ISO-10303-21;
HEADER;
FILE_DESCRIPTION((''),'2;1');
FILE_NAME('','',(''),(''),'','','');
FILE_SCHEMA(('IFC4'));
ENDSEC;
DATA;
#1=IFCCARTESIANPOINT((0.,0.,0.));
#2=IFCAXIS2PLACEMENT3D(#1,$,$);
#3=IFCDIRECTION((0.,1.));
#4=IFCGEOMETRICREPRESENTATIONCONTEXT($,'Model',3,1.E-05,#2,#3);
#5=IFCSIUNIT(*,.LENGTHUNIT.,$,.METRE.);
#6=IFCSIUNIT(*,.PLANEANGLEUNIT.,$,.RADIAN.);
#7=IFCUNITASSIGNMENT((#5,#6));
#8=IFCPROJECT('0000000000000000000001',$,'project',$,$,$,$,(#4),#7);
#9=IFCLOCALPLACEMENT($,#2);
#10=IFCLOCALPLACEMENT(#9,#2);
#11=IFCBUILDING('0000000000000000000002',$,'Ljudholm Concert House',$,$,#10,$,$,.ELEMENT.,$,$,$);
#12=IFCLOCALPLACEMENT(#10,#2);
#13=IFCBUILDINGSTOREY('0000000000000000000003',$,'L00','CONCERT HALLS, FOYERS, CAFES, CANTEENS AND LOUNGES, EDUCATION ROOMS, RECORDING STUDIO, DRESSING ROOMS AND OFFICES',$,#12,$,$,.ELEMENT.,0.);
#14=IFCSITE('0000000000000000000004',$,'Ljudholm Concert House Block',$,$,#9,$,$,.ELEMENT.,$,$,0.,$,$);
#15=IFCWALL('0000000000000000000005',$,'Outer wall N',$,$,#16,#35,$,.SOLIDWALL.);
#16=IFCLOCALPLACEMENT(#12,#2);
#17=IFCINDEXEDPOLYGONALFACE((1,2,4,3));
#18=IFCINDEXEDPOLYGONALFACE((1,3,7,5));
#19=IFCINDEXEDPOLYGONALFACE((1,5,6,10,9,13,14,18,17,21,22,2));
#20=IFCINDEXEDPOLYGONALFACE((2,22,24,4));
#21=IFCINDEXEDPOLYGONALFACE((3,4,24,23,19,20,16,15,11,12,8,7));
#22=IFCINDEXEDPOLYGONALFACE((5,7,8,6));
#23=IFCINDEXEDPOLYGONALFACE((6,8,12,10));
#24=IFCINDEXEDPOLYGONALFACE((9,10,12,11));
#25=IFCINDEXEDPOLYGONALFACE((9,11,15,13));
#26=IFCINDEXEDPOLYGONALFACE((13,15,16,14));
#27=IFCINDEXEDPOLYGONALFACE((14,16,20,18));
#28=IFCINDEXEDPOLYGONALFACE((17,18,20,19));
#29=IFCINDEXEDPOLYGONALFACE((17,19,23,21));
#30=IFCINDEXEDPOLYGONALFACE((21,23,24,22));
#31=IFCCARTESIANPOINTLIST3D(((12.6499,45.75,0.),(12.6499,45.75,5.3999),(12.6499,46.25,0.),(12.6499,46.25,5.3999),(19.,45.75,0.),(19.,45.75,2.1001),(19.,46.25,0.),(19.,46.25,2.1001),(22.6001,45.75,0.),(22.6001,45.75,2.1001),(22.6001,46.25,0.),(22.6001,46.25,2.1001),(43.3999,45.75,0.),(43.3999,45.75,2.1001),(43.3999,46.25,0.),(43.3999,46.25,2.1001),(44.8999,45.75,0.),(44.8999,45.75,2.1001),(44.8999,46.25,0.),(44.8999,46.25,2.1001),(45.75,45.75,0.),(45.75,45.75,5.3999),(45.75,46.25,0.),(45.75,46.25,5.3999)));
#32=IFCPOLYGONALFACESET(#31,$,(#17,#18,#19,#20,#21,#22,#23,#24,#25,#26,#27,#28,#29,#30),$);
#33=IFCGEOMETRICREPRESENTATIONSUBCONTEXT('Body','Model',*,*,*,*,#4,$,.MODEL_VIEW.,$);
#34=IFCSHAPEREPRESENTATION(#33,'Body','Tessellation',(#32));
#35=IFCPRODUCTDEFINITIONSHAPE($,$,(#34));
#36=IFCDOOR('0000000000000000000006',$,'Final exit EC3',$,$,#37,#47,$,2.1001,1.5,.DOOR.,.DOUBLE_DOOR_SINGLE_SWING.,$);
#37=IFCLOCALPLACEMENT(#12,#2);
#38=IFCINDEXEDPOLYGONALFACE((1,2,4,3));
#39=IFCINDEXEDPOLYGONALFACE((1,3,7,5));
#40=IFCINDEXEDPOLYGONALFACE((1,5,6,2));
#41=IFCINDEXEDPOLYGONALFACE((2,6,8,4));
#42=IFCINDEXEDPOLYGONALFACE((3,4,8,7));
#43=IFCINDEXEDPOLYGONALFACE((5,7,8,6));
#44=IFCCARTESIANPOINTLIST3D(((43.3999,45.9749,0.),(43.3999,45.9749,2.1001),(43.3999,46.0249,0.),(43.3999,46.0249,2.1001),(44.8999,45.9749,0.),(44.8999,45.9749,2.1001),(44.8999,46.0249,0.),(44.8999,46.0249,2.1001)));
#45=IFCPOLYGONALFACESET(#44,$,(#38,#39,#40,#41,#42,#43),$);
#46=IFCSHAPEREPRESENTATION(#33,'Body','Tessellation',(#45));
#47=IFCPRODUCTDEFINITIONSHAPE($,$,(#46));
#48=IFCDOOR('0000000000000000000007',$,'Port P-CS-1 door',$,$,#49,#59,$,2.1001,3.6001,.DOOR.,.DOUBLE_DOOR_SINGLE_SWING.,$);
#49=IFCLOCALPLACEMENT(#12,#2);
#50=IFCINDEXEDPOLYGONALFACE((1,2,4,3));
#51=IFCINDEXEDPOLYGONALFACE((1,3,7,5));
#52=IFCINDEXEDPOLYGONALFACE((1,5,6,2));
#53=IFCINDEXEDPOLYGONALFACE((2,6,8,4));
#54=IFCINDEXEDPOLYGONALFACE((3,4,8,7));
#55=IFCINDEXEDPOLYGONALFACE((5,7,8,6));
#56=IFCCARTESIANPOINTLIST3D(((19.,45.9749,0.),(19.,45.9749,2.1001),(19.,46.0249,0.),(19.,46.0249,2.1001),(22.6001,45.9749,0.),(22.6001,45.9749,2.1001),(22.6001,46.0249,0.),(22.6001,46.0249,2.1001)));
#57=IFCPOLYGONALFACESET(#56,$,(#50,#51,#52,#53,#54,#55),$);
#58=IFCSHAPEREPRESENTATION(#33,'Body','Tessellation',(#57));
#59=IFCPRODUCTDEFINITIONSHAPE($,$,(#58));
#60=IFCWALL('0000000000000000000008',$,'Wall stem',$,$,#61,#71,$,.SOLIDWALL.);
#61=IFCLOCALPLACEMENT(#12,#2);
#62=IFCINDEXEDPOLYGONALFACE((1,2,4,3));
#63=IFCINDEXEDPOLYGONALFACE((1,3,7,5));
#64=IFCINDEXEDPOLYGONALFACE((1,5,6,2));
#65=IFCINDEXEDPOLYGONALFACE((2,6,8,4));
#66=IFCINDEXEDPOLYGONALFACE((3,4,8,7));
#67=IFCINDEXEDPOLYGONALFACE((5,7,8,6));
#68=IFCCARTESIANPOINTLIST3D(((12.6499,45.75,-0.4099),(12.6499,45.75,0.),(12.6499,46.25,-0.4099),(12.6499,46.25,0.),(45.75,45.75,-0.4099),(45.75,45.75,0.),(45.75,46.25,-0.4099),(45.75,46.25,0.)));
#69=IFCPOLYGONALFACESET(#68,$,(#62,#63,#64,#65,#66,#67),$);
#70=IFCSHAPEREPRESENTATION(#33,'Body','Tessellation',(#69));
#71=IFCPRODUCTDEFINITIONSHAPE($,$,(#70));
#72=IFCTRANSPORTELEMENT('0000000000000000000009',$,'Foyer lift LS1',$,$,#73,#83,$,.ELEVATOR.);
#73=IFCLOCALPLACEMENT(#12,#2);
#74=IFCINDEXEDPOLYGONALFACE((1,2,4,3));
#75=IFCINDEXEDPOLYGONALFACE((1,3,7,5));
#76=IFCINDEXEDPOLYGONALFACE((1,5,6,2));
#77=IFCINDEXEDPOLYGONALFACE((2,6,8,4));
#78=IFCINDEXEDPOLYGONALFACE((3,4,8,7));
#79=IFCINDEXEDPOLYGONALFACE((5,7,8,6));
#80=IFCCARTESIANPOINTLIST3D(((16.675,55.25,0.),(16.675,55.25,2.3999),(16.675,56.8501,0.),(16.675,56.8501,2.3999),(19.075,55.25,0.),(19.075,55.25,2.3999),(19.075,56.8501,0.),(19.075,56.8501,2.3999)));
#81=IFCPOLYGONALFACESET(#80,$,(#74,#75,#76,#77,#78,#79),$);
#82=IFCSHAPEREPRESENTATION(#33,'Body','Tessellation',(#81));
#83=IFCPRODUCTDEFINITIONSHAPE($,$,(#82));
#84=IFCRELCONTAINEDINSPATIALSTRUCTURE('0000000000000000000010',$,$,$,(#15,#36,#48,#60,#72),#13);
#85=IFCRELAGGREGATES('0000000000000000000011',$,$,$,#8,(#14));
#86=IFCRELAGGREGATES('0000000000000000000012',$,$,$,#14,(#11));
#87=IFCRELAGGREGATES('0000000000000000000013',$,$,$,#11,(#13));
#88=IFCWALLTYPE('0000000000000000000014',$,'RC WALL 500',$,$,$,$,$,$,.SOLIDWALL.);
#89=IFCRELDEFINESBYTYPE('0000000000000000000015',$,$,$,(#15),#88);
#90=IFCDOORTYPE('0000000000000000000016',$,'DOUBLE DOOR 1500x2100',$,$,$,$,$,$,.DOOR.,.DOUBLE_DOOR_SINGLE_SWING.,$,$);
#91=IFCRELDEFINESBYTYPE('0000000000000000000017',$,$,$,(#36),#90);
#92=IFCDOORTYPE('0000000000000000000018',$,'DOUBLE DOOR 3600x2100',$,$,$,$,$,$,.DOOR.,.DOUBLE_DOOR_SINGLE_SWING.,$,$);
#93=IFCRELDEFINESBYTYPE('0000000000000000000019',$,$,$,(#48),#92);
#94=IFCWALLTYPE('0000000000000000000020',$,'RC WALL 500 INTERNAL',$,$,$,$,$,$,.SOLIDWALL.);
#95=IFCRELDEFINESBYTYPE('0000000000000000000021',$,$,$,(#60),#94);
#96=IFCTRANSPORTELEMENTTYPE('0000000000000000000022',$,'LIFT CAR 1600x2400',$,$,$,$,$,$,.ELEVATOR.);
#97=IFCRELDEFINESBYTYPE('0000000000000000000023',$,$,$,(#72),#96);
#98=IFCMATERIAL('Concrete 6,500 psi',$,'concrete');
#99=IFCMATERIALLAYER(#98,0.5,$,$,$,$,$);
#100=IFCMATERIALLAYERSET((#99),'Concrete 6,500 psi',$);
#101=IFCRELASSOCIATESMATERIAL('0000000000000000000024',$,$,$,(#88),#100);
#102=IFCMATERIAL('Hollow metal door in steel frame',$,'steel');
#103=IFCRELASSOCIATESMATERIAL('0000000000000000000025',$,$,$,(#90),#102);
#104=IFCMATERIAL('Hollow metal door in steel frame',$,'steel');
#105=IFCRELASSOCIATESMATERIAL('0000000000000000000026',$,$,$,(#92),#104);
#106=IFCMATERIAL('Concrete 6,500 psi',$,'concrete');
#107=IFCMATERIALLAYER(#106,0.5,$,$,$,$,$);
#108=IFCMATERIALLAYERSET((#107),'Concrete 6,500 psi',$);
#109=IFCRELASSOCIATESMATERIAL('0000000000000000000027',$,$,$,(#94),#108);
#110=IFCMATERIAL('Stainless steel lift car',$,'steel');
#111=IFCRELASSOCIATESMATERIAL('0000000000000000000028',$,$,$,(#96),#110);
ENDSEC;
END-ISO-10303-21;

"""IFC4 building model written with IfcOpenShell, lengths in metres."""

from ifc_helpers import new_model, si_unit, direction, frame, frame_2d, origin, origin_2d, place, context, subcontext, project, spatial, rectangle, extrude, material, layer, layer_set, type_object, element, fill, save


model = new_model("IFC4")

# Units and contexts
model_context = context("Model", 3, precision=1e-05, world=origin(), true_north=direction((0.0, 1.0)))
body_context = subcontext(model_context, "Body", "Model", "MODEL_VIEW")
ifc_project = project(units=[si_unit("LENGTHUNIT", "METRE"), si_unit("PLANEANGLEUNIT", "RADIAN")], contexts=[model_context])

# Site, building, storey
site_placement = place(None, origin())
site = spatial("IfcSite", under=ifc_project, at=site_placement, Name="Ljudholm Concert House Block", CompositionType="ELEMENT", RefElevation=0.0)
building_placement = place(site_placement, origin())
building = spatial("IfcBuilding", under=site, at=building_placement, Name="Ljudholm Concert House", CompositionType="ELEMENT")
storey_placement = place(building_placement, origin())
storey = spatial("IfcBuildingStorey", under=building, at=storey_placement, Name="L00", Description="CONCERT HALLS, FOYERS, CAFES, CANTEENS AND LOUNGES, EDUCATION ROOMS, RECORDING STUDIO, DRESSING ROOMS AND OFFICES", CompositionType="ELEMENT", Elevation=0.0)

# Wall, openings, doors
ifc_material_1 = material(Name="Concrete 6,500 psi", Category="concrete")
ifc_layer_1 = layer(ifc_material_1, 0.5)
ifc_layer_set_1 = layer_set([ifc_layer_1], Name="Concrete 6,500 psi")
wall_type_1 = type_object("IfcWallType", Name="RC WALL 500", PredefinedType="SOLIDWALL", material=ifc_layer_set_1)
wall_1_placement = place(storey_placement, frame((12.6499, 46.0, 0.0), z_axis=(0.0, 0.0, 1.0), x_axis=(1.0, 0.0, 0.0)))
wall_1 = element("IfcWall", 1, at=wall_1_placement, inside=storey, type_object=wall_type_1, Name="Outer wall N", PredefinedType="SOLIDWALL", context=body_context, shape_type="SweptSolid", body=[
    extrude(rectangle(XDim=33.1001, YDim=0.5, at=frame_2d((16.55, 0.0))), origin(), (0.0, 0.0, 1.0), 5.3999),
])
opening_1_placement = place(wall_1_placement, frame((30.75, 0.0, 0.0)))
opening_1 = element("IfcOpeningElement", 2, at=opening_1_placement, cuts=wall_1, PredefinedType="OPENING", context=body_context, shape_type="SweptSolid", body=[
    extrude(rectangle(XDim=1.5, YDim=2.1001, at=frame_2d((0.75, 1.05))), frame((0.0, 0.26, 0.0), z_axis=(0.0, -1.0, 0.0), x_axis=(1.0, 0.0, 0.0)), (0.0, 0.0, 1.0), 0.52),
])
opening_2_placement = place(wall_1_placement, frame((6.3501, 0.0, 0.0)))
opening_2 = element("IfcOpeningElement", 3, at=opening_2_placement, cuts=wall_1, PredefinedType="OPENING", context=body_context, shape_type="SweptSolid", body=[
    extrude(rectangle(XDim=3.6001, YDim=2.1001, at=frame_2d((1.8, 1.05))), frame((0.0, 0.26, 0.0), z_axis=(0.0, -1.0, 0.0), x_axis=(1.0, 0.0, 0.0)), (0.0, 0.0, 1.0), 0.52),
])
ifc_material_2 = material(Name="Hollow metal door in steel frame", Category="steel")
door_type_1 = type_object("IfcDoorType", Name="DOUBLE DOOR 1500x2100", OperationType="DOUBLE_DOOR_SINGLE_SWING", PredefinedType="DOOR", material=ifc_material_2)
door_1_placement = place(opening_1_placement, origin())
door_1 = element("IfcDoor", 4, at=door_1_placement, inside=storey, type_object=door_type_1, Name="Final exit EC3", OperationType="DOUBLE_DOOR_SINGLE_SWING", OverallHeight=2.1001, OverallWidth=1.5, PredefinedType="DOOR", context=body_context, shape_type="SweptSolid", body=[
    extrude(rectangle(XDim=1.5, YDim=2.1001, at=frame_2d((0.75, 1.05))), frame((0.0, 0.0249, 0.0), z_axis=(0.0, -1.0, 0.0), x_axis=(1.0, 0.0, 0.0)), (0.0, 0.0, 1.0), 0.05),
])
fill(opening_1, door_1)
ifc_material_3 = material(Name="Hollow metal door in steel frame", Category="steel")
door_type_2 = type_object("IfcDoorType", Name="DOUBLE DOOR 3600x2100", OperationType="DOUBLE_DOOR_SINGLE_SWING", PredefinedType="DOOR", material=ifc_material_3)
door_2_placement = place(opening_2_placement, origin())
door_2 = element("IfcDoor", 5, at=door_2_placement, inside=storey, type_object=door_type_2, Name="Port P-CS-1 door", OperationType="DOUBLE_DOOR_SINGLE_SWING", OverallHeight=2.1001, OverallWidth=3.6001, PredefinedType="DOOR", context=body_context, shape_type="SweptSolid", body=[
    extrude(rectangle(XDim=3.6001, YDim=2.1001, at=frame_2d((1.8, 1.05))), frame((0.0, 0.0249, 0.0), z_axis=(0.0, -1.0, 0.0), x_axis=(1.0, 0.0, 0.0)), (0.0, 0.0, 1.0), 0.05),
])
fill(opening_2, door_2)

# Wall
ifc_material_4 = material(Name="Concrete 6,500 psi", Category="concrete")
ifc_layer_2 = layer(ifc_material_4, 0.5)
ifc_layer_set_2 = layer_set([ifc_layer_2], Name="Concrete 6,500 psi")
wall_type_2 = type_object("IfcWallType", Name="RC WALL 500 INTERNAL", PredefinedType="SOLIDWALL", material=ifc_layer_set_2)
wall_2_placement = place(storey_placement, frame((12.6499, 46.0, -0.4099), z_axis=(0.0, 0.0, 1.0), x_axis=(1.0, 0.0, 0.0)))
element("IfcWall", 6, at=wall_2_placement, inside=storey, type_object=wall_type_2, Name="Wall stem", PredefinedType="SOLIDWALL", context=body_context, shape_type="SweptSolid", body=[
    extrude(rectangle(XDim=33.1001, YDim=0.5, at=frame_2d((16.55, 0.0))), origin(), (0.0, 0.0, 1.0), 0.4099),
])

# Transport element
ifc_material_5 = material(Name="Stainless steel lift car", Category="steel")
transport_element_type = type_object("IfcTransportElementType", Name="LIFT CAR 1600x2400", PredefinedType="ELEVATOR", material=ifc_material_5)
transport_element_placement = place(storey_placement, frame((17.875, 56.05, 0.0), z_axis=(0.0, 0.0, 1.0), x_axis=(1.0, 0.0, 0.0)))
element("IfcTransportElement", 7, at=transport_element_placement, inside=storey, type_object=transport_element_type, Name="Foyer lift LS1", PredefinedType="ELEVATOR", context=body_context, shape_type="SweptSolid", body=[
    extrude(rectangle(XDim=2.3999, YDim=1.6001, at=origin_2d()), origin(), (0.0, 0.0, 1.0), 2.3999),
])

save(model, "model.ifc")
